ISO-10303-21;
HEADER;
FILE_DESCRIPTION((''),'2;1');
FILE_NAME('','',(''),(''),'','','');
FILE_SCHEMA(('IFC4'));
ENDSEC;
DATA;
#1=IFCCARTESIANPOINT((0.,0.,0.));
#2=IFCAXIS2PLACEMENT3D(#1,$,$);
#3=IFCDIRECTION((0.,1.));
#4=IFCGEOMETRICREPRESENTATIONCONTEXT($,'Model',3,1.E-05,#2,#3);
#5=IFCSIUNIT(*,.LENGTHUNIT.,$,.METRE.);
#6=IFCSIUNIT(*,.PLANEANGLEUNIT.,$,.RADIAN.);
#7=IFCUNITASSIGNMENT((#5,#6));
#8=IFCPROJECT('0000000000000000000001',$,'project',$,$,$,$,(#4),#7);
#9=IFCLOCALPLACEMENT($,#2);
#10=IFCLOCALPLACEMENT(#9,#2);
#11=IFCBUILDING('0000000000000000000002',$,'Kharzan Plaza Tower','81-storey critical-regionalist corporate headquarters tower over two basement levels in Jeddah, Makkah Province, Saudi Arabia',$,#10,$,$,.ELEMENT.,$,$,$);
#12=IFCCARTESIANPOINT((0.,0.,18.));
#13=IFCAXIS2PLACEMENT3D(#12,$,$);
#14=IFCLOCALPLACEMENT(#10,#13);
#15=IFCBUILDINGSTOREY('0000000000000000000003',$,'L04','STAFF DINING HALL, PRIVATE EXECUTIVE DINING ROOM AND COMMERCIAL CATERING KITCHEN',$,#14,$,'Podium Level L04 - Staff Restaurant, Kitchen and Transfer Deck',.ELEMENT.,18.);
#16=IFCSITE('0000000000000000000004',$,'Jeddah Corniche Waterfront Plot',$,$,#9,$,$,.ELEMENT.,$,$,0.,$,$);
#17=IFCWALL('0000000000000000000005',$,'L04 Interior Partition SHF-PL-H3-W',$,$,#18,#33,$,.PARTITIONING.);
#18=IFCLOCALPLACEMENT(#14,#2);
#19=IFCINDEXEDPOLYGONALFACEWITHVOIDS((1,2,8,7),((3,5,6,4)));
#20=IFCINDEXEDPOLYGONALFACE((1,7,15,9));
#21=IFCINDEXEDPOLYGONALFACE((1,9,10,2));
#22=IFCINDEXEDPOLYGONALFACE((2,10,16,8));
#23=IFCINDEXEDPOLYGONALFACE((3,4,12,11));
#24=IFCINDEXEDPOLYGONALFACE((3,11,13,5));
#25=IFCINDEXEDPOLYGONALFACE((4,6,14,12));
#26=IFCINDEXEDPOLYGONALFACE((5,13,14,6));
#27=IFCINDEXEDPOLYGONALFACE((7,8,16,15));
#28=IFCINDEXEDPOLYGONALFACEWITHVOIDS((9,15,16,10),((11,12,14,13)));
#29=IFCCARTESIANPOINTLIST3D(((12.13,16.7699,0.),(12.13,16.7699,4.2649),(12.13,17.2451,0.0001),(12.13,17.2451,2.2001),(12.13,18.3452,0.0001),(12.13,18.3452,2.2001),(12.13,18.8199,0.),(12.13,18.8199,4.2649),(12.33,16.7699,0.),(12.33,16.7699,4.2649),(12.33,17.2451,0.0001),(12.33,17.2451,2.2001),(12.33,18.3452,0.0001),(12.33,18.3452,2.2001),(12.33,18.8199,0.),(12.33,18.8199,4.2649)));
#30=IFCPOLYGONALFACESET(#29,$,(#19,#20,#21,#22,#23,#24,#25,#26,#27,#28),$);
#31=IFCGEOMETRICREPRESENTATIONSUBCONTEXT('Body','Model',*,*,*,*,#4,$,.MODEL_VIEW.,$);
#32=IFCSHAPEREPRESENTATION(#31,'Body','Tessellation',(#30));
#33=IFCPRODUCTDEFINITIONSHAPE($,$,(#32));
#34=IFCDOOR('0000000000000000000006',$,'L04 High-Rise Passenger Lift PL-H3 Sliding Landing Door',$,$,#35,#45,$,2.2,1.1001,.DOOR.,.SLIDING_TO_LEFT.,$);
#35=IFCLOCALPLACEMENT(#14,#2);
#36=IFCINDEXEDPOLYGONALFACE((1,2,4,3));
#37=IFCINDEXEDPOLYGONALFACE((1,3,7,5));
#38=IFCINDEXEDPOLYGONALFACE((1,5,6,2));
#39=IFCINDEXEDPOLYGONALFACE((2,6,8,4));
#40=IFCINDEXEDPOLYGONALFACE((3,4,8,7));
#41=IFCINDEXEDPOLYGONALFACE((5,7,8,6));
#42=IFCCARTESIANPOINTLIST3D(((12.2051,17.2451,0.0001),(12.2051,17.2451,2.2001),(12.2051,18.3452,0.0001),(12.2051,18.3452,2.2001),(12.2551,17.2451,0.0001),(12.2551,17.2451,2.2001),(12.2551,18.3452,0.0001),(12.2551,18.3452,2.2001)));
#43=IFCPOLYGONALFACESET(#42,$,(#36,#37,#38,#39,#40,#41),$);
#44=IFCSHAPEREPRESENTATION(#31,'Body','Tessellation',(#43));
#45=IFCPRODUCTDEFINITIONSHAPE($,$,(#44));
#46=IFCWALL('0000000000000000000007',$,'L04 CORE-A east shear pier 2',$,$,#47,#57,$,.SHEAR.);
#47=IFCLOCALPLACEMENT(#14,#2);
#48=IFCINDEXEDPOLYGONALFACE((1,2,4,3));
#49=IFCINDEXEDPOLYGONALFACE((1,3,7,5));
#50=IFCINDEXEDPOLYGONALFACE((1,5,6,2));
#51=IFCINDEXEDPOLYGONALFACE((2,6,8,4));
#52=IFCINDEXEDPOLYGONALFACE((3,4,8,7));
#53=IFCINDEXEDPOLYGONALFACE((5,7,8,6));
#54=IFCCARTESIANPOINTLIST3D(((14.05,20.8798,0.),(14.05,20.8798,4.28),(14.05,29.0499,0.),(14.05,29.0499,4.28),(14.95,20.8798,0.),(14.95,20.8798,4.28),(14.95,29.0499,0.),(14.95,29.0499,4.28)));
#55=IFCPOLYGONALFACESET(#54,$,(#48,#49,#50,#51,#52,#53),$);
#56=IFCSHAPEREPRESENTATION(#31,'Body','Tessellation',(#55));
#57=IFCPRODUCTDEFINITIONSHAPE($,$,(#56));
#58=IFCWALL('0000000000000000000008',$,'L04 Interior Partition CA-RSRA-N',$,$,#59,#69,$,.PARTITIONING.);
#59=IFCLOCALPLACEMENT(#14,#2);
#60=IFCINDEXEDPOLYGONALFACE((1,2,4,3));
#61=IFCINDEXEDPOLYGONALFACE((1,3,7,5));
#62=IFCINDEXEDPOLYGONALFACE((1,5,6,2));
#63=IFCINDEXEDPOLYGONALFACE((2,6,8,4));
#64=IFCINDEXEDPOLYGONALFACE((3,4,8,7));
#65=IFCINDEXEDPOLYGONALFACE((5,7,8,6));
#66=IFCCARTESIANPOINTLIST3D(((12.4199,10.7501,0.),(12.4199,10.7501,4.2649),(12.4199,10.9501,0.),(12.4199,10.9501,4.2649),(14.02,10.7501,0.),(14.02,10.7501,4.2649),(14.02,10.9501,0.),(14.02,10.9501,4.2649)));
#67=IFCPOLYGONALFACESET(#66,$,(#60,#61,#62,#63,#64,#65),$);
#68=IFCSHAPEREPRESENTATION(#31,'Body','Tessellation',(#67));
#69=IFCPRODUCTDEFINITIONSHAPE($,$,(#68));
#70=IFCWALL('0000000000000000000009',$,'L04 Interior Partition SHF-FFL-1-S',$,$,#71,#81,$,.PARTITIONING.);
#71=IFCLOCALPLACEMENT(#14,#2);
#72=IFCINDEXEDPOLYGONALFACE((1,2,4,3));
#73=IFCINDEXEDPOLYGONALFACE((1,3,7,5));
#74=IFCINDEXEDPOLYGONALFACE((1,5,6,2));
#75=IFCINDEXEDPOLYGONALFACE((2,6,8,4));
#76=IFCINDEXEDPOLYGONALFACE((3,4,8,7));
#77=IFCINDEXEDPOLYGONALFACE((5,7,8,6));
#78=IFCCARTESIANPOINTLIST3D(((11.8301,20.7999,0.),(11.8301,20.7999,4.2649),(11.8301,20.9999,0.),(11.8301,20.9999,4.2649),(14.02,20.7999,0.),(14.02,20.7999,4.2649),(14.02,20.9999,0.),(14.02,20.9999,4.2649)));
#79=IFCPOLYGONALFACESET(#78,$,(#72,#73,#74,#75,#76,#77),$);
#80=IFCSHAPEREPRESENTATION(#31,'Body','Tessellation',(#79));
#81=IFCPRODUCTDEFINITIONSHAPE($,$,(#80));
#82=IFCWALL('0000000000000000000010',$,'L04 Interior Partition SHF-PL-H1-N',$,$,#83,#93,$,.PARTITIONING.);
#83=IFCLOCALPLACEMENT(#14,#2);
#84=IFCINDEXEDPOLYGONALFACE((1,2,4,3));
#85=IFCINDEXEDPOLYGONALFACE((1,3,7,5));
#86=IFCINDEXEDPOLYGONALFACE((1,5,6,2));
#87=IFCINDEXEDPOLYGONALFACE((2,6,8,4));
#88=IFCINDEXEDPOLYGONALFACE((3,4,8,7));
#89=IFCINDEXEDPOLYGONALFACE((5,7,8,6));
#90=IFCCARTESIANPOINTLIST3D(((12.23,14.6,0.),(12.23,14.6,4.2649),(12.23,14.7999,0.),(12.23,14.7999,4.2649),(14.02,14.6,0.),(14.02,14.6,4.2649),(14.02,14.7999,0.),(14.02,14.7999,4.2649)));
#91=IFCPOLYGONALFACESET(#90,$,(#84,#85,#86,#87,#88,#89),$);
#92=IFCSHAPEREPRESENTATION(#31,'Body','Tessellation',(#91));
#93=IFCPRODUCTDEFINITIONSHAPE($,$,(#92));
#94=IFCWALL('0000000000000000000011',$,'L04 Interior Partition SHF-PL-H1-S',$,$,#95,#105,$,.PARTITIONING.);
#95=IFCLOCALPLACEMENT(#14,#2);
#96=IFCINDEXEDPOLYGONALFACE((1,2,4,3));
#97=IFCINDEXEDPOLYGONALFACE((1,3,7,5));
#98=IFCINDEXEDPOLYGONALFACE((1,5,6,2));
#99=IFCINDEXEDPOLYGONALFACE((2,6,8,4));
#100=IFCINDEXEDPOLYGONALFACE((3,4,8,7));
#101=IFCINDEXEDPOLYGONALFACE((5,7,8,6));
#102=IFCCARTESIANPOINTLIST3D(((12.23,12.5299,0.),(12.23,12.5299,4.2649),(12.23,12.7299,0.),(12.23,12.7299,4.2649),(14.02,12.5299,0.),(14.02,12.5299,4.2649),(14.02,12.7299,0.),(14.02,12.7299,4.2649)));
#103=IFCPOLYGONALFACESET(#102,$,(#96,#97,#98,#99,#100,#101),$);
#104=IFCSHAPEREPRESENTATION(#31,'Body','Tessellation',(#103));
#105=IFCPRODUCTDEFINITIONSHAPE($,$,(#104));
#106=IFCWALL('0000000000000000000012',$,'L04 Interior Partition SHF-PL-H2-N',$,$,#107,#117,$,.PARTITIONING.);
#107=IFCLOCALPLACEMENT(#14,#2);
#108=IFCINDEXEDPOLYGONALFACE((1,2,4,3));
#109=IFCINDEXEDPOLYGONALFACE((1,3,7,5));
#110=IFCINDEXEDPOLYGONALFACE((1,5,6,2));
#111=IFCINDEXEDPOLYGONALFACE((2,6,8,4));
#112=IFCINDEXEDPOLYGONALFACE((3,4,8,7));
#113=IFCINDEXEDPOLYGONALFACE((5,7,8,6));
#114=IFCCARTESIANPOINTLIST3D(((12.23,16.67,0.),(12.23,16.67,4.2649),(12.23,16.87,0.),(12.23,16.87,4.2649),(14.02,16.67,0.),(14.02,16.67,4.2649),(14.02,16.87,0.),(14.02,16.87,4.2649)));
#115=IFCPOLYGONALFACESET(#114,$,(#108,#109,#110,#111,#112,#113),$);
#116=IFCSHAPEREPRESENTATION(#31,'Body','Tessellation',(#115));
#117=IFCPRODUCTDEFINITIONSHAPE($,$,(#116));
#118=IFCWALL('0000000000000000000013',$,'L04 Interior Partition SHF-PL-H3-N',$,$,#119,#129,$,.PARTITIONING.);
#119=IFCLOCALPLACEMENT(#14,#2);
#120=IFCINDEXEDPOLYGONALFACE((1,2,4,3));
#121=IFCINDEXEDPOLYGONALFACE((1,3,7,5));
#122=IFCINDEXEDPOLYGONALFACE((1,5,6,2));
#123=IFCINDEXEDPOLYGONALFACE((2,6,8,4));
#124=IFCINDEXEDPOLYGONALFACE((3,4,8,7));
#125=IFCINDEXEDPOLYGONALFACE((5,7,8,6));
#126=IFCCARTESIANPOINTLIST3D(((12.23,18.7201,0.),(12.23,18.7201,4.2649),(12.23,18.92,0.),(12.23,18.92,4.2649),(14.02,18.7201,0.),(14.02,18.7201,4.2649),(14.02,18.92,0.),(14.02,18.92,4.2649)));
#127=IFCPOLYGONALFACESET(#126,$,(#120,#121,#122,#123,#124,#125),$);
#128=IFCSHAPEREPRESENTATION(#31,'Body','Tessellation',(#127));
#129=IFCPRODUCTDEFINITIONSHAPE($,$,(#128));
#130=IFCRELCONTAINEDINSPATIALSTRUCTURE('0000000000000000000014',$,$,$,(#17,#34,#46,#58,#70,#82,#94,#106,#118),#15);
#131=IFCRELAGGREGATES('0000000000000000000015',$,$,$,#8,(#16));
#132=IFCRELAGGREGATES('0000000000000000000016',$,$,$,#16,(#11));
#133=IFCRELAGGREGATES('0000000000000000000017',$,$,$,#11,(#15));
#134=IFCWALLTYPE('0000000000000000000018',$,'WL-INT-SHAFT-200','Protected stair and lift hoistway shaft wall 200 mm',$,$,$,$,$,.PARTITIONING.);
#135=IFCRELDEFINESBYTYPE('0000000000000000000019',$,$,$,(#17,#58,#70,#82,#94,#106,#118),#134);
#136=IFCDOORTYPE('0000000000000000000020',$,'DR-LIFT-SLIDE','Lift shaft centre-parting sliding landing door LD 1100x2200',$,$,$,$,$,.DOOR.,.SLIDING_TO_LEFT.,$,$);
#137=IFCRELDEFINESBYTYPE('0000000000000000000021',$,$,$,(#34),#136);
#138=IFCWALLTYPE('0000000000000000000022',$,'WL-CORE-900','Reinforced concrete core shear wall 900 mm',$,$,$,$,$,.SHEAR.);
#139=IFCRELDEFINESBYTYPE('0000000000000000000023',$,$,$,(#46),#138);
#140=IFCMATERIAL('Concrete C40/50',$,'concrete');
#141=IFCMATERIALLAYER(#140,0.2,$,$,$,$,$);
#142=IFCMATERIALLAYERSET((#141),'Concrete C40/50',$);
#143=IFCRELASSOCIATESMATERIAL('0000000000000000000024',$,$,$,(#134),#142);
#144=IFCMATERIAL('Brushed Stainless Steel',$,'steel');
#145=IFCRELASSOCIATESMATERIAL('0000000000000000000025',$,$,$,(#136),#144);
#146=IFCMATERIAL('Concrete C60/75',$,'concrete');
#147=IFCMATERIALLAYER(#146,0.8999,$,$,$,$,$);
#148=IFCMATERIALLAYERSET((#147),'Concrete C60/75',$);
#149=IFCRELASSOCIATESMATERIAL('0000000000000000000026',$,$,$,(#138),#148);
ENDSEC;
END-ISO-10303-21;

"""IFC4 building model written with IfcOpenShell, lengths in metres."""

from ifc_helpers import new_model, si_unit, direction, frame, frame_2d, origin, place, context, subcontext, project, spatial, rectangle, extrude, source, transform, mapped, material, layer, layer_set, type_object, element, fill, save


model = new_model("IFC4")

# Units and contexts
model_context = context("Model", 3, precision=1e-05, world=origin(), true_north=direction((0.0, 1.0)))
body_context = subcontext(model_context, "Body", "Model", "MODEL_VIEW")
ifc_project = project(units=[si_unit("LENGTHUNIT", "METRE"), si_unit("PLANEANGLEUNIT", "RADIAN")], contexts=[model_context])

# Site, building, storey
site_placement = place(None, origin())
site = spatial("IfcSite", under=ifc_project, at=site_placement, Name="Jeddah Corniche Waterfront Plot", CompositionType="ELEMENT", RefElevation=0.0)
building_placement = place(site_placement, origin())
building = spatial("IfcBuilding", under=site, at=building_placement, Name="Kharzan Plaza Tower", Description="81-storey critical-regionalist corporate headquarters tower over two basement levels in Jeddah, Makkah Province, Saudi Arabia", CompositionType="ELEMENT")
storey_placement = place(building_placement, frame((0.0, 0.0, 18.0)))
storey = spatial("IfcBuildingStorey", under=building, at=storey_placement, Name="L04", Description="STAFF DINING HALL, PRIVATE EXECUTIVE DINING ROOM AND COMMERCIAL CATERING KITCHEN", LongName="Podium Level L04 - Staff Restaurant, Kitchen and Transfer Deck", CompositionType="ELEMENT", Elevation=18.0)

# Shared definitions
ifc_material_1 = material(Name="Concrete C60/75", Category="concrete")

# Wall, opening, door
ifc_material_2 = material(Name="Concrete C40/50", Category="concrete")
ifc_layer_1 = layer(ifc_material_2, 0.2)
ifc_layer_set_1 = layer_set([ifc_layer_1], Name="Concrete C40/50")
wall_type_1 = type_object("IfcWallType", Name="WL-INT-SHAFT-200", Description="Protected stair and lift hoistway shaft wall 200 mm", PredefinedType="PARTITIONING", material=ifc_layer_set_1)
ifc_material_3 = material(Name="Brushed Stainless Steel", Category="steel")
door_type = type_object("IfcDoorType", Name="DR-LIFT-SLIDE", Description="Lift shaft centre-parting sliding landing door LD 1100x2200", OperationType="SLIDING_TO_LEFT", PredefinedType="DOOR", material=ifc_material_3)
shared_shape_1 = source(origin(), body_context, "Body", "SweptSolid", [
    extrude(rectangle(XDim=1.1001, YDim=2.2, at=frame_2d((0.55, 1.1001))), frame((0.0, 0.0249, 0.0), z_axis=(0.0, -1.0, 0.0), x_axis=(1.0, 0.0, 0.0)), (0.0, 0.0, 1.0), 0.05),
])
wall_1_placement = place(storey_placement, frame((12.23, 16.77, 0.0), z_axis=(0.0, 0.0, 1.0), x_axis=(0.0, 1.0, 0.0)))
wall_1 = element("IfcWall", 1, at=wall_1_placement, inside=storey, type_object=wall_type_1, Name="L04 Interior Partition SHF-PL-H3-W", PredefinedType="PARTITIONING", context=body_context, shape_type="SweptSolid", body=[
    extrude(rectangle(XDim=2.05, YDim=0.2, at=frame_2d((1.0249, 0.0))), origin(), (0.0, 0.0, 1.0), 4.2649),
])
opening_1_placement = place(wall_1_placement, frame((0.4751, 0.0, 0.0)))
opening_1 = element("IfcOpeningElement", 2, at=opening_1_placement, cuts=wall_1, PredefinedType="OPENING", context=body_context, shape_type="SweptSolid", body=[
    extrude(rectangle(XDim=1.1001, YDim=2.2, at=frame_2d((0.55, 1.1001))), frame((0.0, 0.1099, 0.0), z_axis=(0.0, -1.0, 0.0), x_axis=(1.0, 0.0, 0.0)), (0.0, 0.0, 1.0), 0.22),
])
door_1_placement = place(opening_1_placement, origin())
door_1 = element("IfcDoor", 3, at=door_1_placement, inside=storey, type_object=door_type, Name="L04 High-Rise Passenger Lift PL-H3 Sliding Landing Door", OperationType="SLIDING_TO_LEFT", OverallHeight=2.2, OverallWidth=1.1001, PredefinedType="DOOR", context=body_context, shape_type="MappedRepresentation", body=[
    mapped(shared_shape_1, transform((0.0, 0.0, 0.0), x_axis=(1.0, 0.0, 0.0), y_axis=(0.0, 1.0, 0.0), z_axis=(0.0, 0.0, 1.0))),
])
fill(opening_1, door_1)

# Walls
ifc_layer_2 = layer(ifc_material_1, 0.8999)
ifc_layer_set_2 = layer_set([ifc_layer_2], Name="Concrete C60/75")
wall_type_2 = type_object("IfcWallType", Name="WL-CORE-900", Description="Reinforced concrete core shear wall 900 mm", PredefinedType="SHEAR", material=ifc_layer_set_2)
shared_shape_2 = source(origin(), body_context, "Body", "SweptSolid", [
    extrude(rectangle(XDim=8.1702, YDim=0.8999, at=frame_2d((4.085, 0.0))), origin(), (0.0, 0.0, 1.0), 4.28),
])
wall_2_placement = place(storey_placement, frame((14.5, 20.8799, 0.0), z_axis=(0.0, 0.0, 1.0), x_axis=(0.0, 1.0, 0.0)))
element("IfcWall", 4, at=wall_2_placement, inside=storey, type_object=wall_type_2, Name="L04 CORE-A east shear pier 2", PredefinedType="SHEAR", context=body_context, shape_type="MappedRepresentation", body=[
    mapped(shared_shape_2, transform((0.0, 0.0, 0.0), x_axis=(1.0, 0.0, 0.0), y_axis=(0.0, 1.0, 0.0), z_axis=(0.0, 0.0, 1.0))),
])
shared_shape_3 = source(origin(), body_context, "Body", "SweptSolid", [
    extrude(rectangle(XDim=1.6001, YDim=0.2, at=frame_2d((0.8, 0.0))), origin(), (0.0, 0.0, 1.0), 4.2649),
])
wall_3_placement = place(storey_placement, frame((12.4199, 10.8501, 0.0), z_axis=(0.0, 0.0, 1.0), x_axis=(1.0, 0.0, 0.0)))
element("IfcWall", 5, at=wall_3_placement, inside=storey, type_object=wall_type_1, Name="L04 Interior Partition CA-RSRA-N", PredefinedType="PARTITIONING", context=body_context, shape_type="MappedRepresentation", body=[
    mapped(shared_shape_3, transform((0.0, 0.0, 0.0), x_axis=(1.0, 0.0, 0.0), y_axis=(0.0, 1.0, 0.0), z_axis=(0.0, 0.0, 1.0))),
])
shared_shape_4 = source(origin(), body_context, "Body", "SweptSolid", [
    extrude(rectangle(XDim=2.1899, YDim=0.2, at=frame_2d((1.095, 0.0))), origin(), (0.0, 0.0, 1.0), 4.2649),
])
wall_4_placement = place(storey_placement, frame((11.8301, 20.8999, 0.0), z_axis=(0.0, 0.0, 1.0), x_axis=(1.0, 0.0, 0.0)))
element("IfcWall", 6, at=wall_4_placement, inside=storey, type_object=wall_type_1, Name="L04 Interior Partition SHF-FFL-1-S", PredefinedType="PARTITIONING", context=body_context, shape_type="MappedRepresentation", body=[
    mapped(shared_shape_4, transform((0.0, 0.0, 0.0), x_axis=(1.0, 0.0, 0.0), y_axis=(0.0, 1.0, 0.0), z_axis=(0.0, 0.0, 1.0))),
])
shared_shape_5 = source(origin(), body_context, "Body", "SweptSolid", [
    extrude(rectangle(XDim=1.79, YDim=0.2, at=frame_2d((0.895, 0.0))), origin(), (0.0, 0.0, 1.0), 4.2649),
])
for number, where, z_axis, x_axis, name in (
    (7, (12.23, 14.7, 0.0), (0.0, 0.0, 1.0), (1.0, 0.0, 0.0), "L04 Interior Partition SHF-PL-H1-N"),
    (8, (12.23, 12.6299, 0.0), (0.0, 0.0, 1.0), (1.0, 0.0, 0.0), "L04 Interior Partition SHF-PL-H1-S"),
    (9, (12.23, 16.77, 0.0), (0.0, 0.0, 1.0), (1.0, 0.0, 0.0), "L04 Interior Partition SHF-PL-H2-N"),
    (10, (12.23, 18.8201, 0.0), (0.0, 0.0, 1.0), (1.0, 0.0, 0.0), "L04 Interior Partition SHF-PL-H3-N"),
):
    element("IfcWall", number, at=place(storey_placement, frame(where, z_axis=z_axis, x_axis=x_axis)), inside=storey, type_object=wall_type_1, Name=name, PredefinedType="PARTITIONING", context=body_context, shape_type="MappedRepresentation", body=[
        mapped(shared_shape_5, transform((0.0, 0.0, 0.0), x_axis=(1.0, 0.0, 0.0), y_axis=(0.0, 1.0, 0.0), z_axis=(0.0, 0.0, 1.0))),
    ])

save(model, "model.ifc")
